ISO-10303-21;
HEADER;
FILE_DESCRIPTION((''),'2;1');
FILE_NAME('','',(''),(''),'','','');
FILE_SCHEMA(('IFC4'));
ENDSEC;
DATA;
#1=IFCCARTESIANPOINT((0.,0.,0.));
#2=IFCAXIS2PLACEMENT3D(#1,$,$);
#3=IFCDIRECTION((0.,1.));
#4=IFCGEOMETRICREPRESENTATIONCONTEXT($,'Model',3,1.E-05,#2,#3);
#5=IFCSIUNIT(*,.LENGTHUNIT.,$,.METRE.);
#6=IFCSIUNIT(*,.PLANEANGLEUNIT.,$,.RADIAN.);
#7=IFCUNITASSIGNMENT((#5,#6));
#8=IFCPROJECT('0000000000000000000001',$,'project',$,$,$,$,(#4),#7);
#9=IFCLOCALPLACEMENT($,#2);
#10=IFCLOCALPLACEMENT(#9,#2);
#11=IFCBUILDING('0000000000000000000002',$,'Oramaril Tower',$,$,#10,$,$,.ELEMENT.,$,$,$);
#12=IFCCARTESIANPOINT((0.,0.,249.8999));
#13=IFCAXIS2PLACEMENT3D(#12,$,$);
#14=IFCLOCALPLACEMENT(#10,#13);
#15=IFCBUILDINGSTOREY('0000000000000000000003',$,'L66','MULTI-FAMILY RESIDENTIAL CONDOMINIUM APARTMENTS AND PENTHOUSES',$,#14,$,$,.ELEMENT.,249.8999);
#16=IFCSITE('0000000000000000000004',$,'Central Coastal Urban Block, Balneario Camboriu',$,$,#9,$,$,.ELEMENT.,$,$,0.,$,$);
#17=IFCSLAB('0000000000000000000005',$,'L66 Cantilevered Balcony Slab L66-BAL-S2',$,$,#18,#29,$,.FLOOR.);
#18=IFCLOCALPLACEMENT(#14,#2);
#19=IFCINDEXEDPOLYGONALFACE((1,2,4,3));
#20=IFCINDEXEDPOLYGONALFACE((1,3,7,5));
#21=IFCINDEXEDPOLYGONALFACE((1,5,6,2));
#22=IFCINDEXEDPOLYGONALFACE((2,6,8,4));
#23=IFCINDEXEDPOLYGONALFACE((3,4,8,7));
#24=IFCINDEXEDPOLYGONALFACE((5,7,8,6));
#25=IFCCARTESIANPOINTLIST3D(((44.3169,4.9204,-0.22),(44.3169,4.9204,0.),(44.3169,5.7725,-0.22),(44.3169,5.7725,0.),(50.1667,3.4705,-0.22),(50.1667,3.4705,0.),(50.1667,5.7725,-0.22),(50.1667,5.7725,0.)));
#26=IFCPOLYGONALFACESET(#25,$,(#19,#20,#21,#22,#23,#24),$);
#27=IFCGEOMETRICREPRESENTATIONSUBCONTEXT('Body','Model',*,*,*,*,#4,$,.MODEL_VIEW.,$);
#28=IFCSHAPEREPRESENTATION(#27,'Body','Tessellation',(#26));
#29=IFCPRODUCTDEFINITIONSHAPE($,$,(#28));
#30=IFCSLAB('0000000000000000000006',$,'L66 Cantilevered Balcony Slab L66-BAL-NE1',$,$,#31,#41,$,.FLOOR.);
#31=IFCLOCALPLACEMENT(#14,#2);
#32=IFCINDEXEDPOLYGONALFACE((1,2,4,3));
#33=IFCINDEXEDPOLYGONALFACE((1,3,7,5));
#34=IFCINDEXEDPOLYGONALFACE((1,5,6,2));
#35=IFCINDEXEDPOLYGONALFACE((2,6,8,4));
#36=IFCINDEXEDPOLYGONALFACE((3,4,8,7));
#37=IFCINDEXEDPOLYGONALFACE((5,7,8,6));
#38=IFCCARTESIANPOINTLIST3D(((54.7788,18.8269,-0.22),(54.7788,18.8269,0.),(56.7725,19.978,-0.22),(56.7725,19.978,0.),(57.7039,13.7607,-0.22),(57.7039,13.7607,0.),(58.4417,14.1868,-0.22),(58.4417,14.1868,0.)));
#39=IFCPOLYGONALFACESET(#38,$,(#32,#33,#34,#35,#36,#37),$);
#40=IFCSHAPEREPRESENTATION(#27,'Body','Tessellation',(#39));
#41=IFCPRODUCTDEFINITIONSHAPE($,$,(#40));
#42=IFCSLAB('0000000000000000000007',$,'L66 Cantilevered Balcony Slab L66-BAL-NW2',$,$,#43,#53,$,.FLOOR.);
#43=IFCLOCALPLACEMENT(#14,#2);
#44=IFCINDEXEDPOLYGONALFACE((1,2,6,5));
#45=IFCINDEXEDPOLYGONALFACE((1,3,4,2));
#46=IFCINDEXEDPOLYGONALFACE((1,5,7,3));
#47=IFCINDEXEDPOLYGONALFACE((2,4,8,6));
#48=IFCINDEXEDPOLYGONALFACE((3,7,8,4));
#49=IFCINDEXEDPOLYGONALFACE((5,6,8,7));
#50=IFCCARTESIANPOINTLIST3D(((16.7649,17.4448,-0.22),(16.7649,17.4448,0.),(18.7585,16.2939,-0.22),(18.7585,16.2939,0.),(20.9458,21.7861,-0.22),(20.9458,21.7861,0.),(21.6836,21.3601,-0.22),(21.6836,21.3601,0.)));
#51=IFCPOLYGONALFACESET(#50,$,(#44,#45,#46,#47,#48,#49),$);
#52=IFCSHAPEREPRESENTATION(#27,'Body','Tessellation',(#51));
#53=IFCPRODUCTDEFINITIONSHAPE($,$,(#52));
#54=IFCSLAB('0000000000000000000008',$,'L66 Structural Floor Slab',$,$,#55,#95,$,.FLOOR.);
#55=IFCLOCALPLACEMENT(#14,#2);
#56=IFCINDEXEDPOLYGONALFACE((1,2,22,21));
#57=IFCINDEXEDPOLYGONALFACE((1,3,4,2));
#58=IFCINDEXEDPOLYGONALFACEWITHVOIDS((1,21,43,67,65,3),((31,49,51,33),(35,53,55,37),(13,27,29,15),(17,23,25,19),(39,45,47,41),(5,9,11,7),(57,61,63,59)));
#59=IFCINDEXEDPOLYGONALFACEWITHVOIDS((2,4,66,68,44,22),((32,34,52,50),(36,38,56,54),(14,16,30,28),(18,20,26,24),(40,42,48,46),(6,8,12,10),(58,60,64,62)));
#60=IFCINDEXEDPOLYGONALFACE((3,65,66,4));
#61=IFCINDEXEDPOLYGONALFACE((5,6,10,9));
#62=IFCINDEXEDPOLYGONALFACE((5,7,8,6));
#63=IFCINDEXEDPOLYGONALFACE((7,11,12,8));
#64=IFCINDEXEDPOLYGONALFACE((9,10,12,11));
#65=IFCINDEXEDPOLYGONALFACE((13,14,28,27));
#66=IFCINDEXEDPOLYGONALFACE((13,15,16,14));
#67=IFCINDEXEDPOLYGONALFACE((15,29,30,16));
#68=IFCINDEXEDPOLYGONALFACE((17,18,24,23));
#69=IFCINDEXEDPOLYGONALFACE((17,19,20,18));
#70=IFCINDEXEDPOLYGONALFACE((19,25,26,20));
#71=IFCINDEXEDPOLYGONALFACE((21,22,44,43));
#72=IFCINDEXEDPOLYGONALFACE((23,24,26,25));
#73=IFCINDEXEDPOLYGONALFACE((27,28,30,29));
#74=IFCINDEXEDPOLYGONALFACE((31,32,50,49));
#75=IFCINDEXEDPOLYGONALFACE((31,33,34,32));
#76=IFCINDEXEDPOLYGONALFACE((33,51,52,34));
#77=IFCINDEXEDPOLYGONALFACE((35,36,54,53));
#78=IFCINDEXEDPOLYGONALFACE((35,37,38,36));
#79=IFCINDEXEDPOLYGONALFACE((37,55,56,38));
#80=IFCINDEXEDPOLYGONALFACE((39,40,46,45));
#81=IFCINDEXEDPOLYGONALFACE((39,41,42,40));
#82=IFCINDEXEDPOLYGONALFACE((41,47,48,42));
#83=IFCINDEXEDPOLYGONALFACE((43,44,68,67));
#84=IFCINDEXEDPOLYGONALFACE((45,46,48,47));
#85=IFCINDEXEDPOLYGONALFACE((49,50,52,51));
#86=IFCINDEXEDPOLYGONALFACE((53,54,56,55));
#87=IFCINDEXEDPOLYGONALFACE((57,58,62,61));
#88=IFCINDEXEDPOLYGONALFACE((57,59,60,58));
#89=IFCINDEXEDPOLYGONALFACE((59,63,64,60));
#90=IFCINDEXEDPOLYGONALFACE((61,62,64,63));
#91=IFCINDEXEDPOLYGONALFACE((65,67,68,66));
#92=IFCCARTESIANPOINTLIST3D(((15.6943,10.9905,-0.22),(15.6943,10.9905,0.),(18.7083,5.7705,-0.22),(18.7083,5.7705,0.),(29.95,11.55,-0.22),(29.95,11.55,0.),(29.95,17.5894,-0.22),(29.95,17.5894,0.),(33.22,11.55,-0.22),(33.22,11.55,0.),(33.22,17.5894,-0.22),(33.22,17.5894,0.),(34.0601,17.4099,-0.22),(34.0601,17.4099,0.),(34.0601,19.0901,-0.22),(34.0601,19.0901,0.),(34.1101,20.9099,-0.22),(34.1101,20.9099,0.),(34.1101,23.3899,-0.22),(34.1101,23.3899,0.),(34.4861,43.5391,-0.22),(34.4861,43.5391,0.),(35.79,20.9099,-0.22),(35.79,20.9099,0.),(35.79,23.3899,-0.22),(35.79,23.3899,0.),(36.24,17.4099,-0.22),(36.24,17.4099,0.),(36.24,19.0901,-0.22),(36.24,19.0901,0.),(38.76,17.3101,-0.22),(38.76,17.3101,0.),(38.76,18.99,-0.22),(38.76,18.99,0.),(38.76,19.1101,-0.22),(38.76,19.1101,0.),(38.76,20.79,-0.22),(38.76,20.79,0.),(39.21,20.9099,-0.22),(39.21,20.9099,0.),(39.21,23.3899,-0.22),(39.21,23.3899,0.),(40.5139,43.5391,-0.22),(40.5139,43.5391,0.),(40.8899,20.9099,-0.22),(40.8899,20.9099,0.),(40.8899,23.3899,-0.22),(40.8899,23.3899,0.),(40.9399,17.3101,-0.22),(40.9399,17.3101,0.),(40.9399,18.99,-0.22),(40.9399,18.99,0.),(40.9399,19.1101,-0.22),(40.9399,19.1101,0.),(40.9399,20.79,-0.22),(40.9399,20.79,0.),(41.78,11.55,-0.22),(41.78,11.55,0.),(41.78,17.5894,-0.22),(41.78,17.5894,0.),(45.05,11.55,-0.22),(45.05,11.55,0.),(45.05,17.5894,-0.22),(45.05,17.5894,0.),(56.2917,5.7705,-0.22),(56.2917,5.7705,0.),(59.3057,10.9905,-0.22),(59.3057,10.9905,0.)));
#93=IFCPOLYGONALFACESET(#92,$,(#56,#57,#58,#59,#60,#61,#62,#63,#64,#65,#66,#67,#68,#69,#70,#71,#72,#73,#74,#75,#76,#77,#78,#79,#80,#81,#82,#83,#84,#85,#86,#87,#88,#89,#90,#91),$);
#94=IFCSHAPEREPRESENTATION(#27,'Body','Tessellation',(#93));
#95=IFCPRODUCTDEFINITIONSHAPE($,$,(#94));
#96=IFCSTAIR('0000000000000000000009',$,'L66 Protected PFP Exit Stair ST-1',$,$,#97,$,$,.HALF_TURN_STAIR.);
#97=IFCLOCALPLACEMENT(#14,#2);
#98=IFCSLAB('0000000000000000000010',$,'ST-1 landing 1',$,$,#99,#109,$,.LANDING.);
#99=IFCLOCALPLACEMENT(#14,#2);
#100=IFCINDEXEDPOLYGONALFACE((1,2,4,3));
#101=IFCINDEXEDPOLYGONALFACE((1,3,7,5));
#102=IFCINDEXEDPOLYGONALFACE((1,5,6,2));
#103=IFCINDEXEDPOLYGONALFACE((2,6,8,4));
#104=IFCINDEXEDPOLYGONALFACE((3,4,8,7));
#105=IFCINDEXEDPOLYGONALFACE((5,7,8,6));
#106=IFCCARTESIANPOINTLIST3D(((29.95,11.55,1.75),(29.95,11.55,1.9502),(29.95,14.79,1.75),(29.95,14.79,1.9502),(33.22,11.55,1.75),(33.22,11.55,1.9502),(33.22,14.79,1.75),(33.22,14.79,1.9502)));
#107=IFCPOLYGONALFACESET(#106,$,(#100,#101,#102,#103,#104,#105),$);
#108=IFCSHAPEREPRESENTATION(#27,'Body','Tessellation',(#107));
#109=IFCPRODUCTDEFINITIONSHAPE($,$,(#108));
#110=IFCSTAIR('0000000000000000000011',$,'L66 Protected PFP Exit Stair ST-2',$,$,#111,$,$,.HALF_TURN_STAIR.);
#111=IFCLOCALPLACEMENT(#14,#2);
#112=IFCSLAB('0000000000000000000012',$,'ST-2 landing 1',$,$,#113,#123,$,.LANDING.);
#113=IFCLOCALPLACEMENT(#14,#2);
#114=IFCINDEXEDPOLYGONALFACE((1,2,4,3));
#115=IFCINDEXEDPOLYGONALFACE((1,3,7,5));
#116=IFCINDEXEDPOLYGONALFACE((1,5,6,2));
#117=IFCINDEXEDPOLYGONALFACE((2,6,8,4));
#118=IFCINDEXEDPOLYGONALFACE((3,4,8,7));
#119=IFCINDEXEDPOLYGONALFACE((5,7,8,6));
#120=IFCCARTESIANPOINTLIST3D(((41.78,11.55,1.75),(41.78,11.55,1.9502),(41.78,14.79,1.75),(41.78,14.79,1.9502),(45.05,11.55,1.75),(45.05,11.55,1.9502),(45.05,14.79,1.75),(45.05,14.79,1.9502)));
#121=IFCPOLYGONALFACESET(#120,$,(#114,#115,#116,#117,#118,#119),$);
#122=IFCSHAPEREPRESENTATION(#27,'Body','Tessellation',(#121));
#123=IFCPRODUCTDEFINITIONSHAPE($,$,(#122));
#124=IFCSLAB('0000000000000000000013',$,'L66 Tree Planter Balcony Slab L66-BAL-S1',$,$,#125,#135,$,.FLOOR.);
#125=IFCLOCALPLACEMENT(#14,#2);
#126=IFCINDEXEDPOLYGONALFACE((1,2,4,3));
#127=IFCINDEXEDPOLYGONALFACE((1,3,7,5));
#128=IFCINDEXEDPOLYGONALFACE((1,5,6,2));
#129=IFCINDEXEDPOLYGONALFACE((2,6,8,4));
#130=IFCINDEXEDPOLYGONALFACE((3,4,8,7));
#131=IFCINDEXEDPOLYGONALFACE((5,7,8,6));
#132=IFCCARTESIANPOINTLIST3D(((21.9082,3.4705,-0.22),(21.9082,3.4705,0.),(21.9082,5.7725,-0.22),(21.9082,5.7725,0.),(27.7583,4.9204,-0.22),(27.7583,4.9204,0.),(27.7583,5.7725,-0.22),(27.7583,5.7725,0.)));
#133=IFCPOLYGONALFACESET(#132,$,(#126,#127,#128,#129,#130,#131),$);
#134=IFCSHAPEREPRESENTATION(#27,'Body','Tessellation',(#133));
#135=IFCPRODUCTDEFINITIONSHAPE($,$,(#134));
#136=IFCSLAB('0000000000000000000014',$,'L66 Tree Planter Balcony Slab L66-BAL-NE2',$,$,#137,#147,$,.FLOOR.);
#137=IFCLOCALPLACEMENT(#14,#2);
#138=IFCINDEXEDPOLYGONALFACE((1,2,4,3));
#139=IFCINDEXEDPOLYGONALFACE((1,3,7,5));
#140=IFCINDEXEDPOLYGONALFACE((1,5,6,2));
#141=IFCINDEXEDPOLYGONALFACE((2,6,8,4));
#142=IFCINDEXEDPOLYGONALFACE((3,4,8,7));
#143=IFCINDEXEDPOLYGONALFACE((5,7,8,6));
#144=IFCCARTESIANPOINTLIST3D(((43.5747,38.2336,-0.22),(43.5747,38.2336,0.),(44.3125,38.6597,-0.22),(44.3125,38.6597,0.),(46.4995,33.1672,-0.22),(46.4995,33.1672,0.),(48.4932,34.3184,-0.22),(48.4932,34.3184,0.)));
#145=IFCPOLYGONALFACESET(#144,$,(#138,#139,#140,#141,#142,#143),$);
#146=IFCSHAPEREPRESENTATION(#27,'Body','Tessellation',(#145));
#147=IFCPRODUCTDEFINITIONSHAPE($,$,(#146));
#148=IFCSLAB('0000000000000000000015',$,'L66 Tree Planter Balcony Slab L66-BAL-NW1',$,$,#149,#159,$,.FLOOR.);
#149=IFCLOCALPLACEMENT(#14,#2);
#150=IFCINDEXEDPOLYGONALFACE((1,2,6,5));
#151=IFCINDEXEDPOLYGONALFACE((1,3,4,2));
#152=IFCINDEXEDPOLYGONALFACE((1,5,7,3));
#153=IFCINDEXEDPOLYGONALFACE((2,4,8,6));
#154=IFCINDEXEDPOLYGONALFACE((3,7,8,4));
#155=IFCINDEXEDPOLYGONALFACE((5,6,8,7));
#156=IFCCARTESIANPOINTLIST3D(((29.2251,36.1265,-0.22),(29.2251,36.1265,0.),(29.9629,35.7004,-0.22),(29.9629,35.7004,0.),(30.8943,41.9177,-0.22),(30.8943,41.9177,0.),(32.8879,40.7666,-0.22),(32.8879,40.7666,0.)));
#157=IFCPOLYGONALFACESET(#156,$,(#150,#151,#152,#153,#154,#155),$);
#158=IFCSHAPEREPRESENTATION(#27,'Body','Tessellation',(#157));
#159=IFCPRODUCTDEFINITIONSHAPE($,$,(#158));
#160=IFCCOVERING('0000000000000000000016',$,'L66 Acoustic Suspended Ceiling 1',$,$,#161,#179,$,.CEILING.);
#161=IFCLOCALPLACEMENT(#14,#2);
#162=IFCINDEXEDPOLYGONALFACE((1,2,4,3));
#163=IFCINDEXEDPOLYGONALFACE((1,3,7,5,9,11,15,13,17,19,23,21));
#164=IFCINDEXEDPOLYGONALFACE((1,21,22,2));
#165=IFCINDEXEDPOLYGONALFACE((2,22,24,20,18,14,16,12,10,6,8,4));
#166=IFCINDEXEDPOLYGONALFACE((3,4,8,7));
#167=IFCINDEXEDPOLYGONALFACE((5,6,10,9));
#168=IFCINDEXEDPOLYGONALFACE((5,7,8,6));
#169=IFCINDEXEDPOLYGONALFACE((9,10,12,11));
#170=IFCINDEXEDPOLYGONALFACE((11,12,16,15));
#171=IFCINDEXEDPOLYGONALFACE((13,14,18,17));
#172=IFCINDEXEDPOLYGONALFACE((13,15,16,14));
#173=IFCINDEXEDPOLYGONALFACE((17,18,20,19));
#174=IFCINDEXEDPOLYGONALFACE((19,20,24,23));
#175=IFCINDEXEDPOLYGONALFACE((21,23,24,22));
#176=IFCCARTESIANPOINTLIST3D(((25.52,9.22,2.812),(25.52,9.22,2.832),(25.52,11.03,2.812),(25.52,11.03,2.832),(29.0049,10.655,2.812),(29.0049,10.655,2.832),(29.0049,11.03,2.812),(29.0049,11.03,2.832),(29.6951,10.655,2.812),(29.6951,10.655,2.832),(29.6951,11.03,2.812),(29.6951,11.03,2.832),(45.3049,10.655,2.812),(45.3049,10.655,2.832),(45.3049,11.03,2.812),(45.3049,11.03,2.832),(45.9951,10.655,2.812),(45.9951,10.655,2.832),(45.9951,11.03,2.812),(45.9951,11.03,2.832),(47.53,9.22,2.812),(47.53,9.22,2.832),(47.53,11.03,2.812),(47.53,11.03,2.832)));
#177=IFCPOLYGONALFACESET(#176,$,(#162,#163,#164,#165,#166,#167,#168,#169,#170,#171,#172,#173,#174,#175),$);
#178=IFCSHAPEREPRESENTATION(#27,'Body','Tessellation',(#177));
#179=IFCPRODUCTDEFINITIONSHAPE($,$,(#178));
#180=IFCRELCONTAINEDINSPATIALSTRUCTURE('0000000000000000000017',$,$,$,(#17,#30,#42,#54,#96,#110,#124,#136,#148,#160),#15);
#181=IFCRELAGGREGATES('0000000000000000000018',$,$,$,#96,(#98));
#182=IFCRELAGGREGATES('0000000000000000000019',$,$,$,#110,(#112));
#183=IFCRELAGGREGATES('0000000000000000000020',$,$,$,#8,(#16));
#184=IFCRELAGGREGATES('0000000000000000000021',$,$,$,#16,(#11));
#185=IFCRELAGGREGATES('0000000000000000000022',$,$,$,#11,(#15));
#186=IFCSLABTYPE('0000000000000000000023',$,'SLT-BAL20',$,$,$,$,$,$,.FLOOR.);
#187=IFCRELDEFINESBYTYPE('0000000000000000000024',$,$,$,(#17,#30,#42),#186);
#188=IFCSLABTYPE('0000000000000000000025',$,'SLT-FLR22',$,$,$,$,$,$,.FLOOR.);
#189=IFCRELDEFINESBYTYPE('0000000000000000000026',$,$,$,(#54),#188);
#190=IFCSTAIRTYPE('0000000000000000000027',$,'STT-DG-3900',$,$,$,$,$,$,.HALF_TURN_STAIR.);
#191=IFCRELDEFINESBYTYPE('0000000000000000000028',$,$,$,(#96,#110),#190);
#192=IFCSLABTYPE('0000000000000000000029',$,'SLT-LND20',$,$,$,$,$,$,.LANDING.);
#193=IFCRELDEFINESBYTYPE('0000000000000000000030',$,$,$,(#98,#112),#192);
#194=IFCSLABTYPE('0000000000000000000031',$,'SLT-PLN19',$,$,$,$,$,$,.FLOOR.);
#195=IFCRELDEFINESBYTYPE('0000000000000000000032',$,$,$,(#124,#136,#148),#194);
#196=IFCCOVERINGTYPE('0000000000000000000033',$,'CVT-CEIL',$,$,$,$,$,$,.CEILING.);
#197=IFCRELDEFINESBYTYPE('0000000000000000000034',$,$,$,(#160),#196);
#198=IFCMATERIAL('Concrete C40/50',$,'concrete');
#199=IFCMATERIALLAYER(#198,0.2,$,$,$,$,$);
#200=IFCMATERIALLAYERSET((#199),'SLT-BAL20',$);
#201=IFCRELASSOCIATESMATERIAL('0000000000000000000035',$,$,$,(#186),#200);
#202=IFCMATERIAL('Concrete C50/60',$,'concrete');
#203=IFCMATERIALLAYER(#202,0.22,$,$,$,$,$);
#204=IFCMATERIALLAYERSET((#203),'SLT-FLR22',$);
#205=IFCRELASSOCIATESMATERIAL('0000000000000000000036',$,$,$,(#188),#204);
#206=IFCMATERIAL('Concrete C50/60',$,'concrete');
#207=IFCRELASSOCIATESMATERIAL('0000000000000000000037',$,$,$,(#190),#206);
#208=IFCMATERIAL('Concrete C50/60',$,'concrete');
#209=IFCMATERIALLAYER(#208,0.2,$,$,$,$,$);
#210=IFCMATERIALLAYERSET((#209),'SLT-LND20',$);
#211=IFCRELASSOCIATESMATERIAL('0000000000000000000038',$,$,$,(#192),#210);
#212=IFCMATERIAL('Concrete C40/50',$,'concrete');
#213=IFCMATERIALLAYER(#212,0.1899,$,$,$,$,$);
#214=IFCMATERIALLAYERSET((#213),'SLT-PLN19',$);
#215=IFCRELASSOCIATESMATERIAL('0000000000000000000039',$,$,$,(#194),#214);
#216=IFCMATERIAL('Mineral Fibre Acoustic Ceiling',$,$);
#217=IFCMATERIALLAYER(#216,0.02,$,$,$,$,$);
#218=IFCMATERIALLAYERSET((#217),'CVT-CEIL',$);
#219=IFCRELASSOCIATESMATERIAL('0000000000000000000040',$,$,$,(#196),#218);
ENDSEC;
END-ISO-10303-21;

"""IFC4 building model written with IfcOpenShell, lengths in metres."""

from ifc_helpers import new_model, si_unit, direction, frame, origin, place, context, subcontext, project, spatial, polyline, outline, extrude, material, layer, layer_set, type_object, element, aggregate, save


model = new_model("IFC4")

# Units and contexts
model_context = context("Model", 3, precision=1e-05, world=origin(), true_north=direction((0.0, 1.0)))
body_context = subcontext(model_context, "Body", "Model", "MODEL_VIEW")
ifc_project = project(units=[si_unit("LENGTHUNIT", "METRE"), si_unit("PLANEANGLEUNIT", "RADIAN")], contexts=[model_context])

# Site, building, storey
site_placement = place(None, origin())
site = spatial("IfcSite", under=ifc_project, at=site_placement, Name="Central Coastal Urban Block, Balneario Camboriu", CompositionType="ELEMENT", RefElevation=0.0)
building_placement = place(site_placement, origin())
building = spatial("IfcBuilding", under=site, at=building_placement, Name="Oramaril Tower", CompositionType="ELEMENT")
storey_placement = place(building_placement, frame((0.0, 0.0, 249.8999)))
storey = spatial("IfcBuildingStorey", under=building, at=storey_placement, Name="L66", Description="MULTI-FAMILY RESIDENTIAL CONDOMINIUM APARTMENTS AND PENTHOUSES", CompositionType="ELEMENT", Elevation=249.8999)

# Slabs
ifc_material_1 = material(Name="Concrete C40/50", Category="concrete")
ifc_layer_1 = layer(ifc_material_1, 0.2)
ifc_layer_set_1 = layer_set([ifc_layer_1], Name="SLT-BAL20")
slab_type_1 = type_object("IfcSlabType", Name="SLT-BAL20", PredefinedType="FLOOR", material=ifc_layer_set_1)
slab_1_placement = place(storey_placement, frame((0.0, 0.0, -0.22)))
element("IfcSlab", 1, at=slab_1_placement, inside=storey, type_object=slab_type_1, Name="L66 Cantilevered Balcony Slab L66-BAL-S2", PredefinedType="FLOOR", context=body_context, shape_type="SweptSolid", body=[
    extrude(outline(polyline([(44.3169, 5.7725), (50.1667, 5.7725), (50.1667, 3.4705), (44.3169, 4.9204), (44.3169, 5.7725)])), origin(), (0.0, 0.0, 1.0), 0.22),
])
slab_2_placement = place(storey_placement, frame((0.0, 0.0, -0.22)))
element("IfcSlab", 2, at=slab_2_placement, inside=storey, type_object=slab_type_1, Name="L66 Cantilevered Balcony Slab L66-BAL-NE1", PredefinedType="FLOOR", context=body_context, shape_type="SweptSolid", body=[
    extrude(outline(polyline([(57.7039, 13.7607), (54.7788, 18.8269), (56.7725, 19.978), (58.4417, 14.1868), (57.7039, 13.7607)])), origin(), (0.0, 0.0, 1.0), 0.22),
])
slab_3_placement = place(storey_placement, frame((0.0, 0.0, -0.22)))
element("IfcSlab", 3, at=slab_3_placement, inside=storey, type_object=slab_type_1, Name="L66 Cantilevered Balcony Slab L66-BAL-NW2", PredefinedType="FLOOR", context=body_context, shape_type="SweptSolid", body=[
    extrude(outline(polyline([(21.6836, 21.3601), (18.7585, 16.2939), (16.7649, 17.4448), (20.9458, 21.7861), (21.6836, 21.3601)])), origin(), (0.0, 0.0, 1.0), 0.22),
])
ifc_material_2 = material(Name="Concrete C50/60", Category="concrete")
ifc_layer_2 = layer(ifc_material_2, 0.22)
ifc_layer_set_2 = layer_set([ifc_layer_2], Name="SLT-FLR22")
slab_type_2 = type_object("IfcSlabType", Name="SLT-FLR22", PredefinedType="FLOOR", material=ifc_layer_set_2)
slab_4_placement = place(storey_placement, frame((0.0, 0.0, -0.22)))
element("IfcSlab", 4, at=slab_4_placement, inside=storey, type_object=slab_type_2, Name="L66 Structural Floor Slab", PredefinedType="FLOOR", context=body_context, shape_type="SweptSolid", body=[
    extrude(outline(polyline([(15.6943, 10.9905), (18.7083, 5.7705), (56.2917, 5.7705), (59.3057, 10.9905), (40.5139, 43.5391), (34.4861, 43.5391), (15.6943, 10.9905)]), holes=[polyline([(29.95, 17.5894), (29.95, 11.55), (33.22, 11.55), (33.22, 17.5894), (29.95, 17.5894)]), polyline([(41.78, 17.5894), (41.78, 11.55), (45.05, 11.55), (45.05, 17.5894), (41.78, 17.5894)]), polyline([(34.1101, 20.9099), (35.79, 20.9099), (35.79, 23.3899), (34.1101, 23.3899), (34.1101, 20.9099)]), polyline([(39.21, 20.9099), (40.8899, 20.9099), (40.8899, 23.3899), (39.21, 23.3899), (39.21, 20.9099)]), polyline([(34.0601, 17.4099), (36.24, 17.4099), (36.24, 19.0901), (34.0601, 19.0901), (34.0601, 17.4099)]), polyline([(38.76, 17.3101), (40.9399, 17.3101), (40.9399, 18.99), (38.76, 18.99), (38.76, 17.3101)]), polyline([(38.76, 19.1101), (40.9399, 19.1101), (40.9399, 20.79), (38.76, 20.79), (38.76, 19.1101)])]), origin(), (0.0, 0.0, 1.0), 0.22),
])

# Stairs, slabs
ifc_material_3 = material(Name="Concrete C50/60", Category="concrete")
stair_type = type_object("IfcStairType", Name="STT-DG-3900", PredefinedType="HALF_TURN_STAIR", material=ifc_material_3)
stair_1_placement = place(storey_placement, origin())
stair_1 = element("IfcStair", 5, at=stair_1_placement, inside=storey, type_object=stair_type, Name="L66 Protected PFP Exit Stair ST-1", PredefinedType="HALF_TURN_STAIR")
ifc_material_4 = material(Name="Concrete C50/60", Category="concrete")
ifc_layer_3 = layer(ifc_material_4, 0.2)
ifc_layer_set_3 = layer_set([ifc_layer_3], Name="SLT-LND20")
slab_type_3 = type_object("IfcSlabType", Name="SLT-LND20", PredefinedType="LANDING", material=ifc_layer_set_3)
slab_5_placement = place(storey_placement, frame((0.0, 0.0, 1.75)))
slab_5 = element("IfcSlab", 6, at=slab_5_placement, type_object=slab_type_3, Name="ST-1 landing 1", PredefinedType="LANDING", context=body_context, shape_type="SweptSolid", body=[
    extrude(outline(polyline([(29.95, 14.79), (29.95, 11.55), (33.22, 11.55), (33.22, 14.79), (29.95, 14.79)])), origin(), (0.0, 0.0, 1.0), 0.2002),
])
aggregate(stair_1, [slab_5])
stair_2_placement = place(storey_placement, origin())
stair_2 = element("IfcStair", 7, at=stair_2_placement, inside=storey, type_object=stair_type, Name="L66 Protected PFP Exit Stair ST-2", PredefinedType="HALF_TURN_STAIR")
slab_6_placement = place(storey_placement, frame((0.0, 0.0, 1.75)))
slab_6 = element("IfcSlab", 8, at=slab_6_placement, type_object=slab_type_3, Name="ST-2 landing 1", PredefinedType="LANDING", context=body_context, shape_type="SweptSolid", body=[
    extrude(outline(polyline([(41.78, 14.79), (41.78, 11.55), (45.05, 11.55), (45.05, 14.79), (41.78, 14.79)])), origin(), (0.0, 0.0, 1.0), 0.2002),
])
aggregate(stair_2, [slab_6])

# Slabs
ifc_material_5 = material(Name="Concrete C40/50", Category="concrete")
ifc_layer_4 = layer(ifc_material_5, 0.1899)
ifc_layer_set_4 = layer_set([ifc_layer_4], Name="SLT-PLN19")
slab_type_4 = type_object("IfcSlabType", Name="SLT-PLN19", PredefinedType="FLOOR", material=ifc_layer_set_4)
slab_7_placement = place(storey_placement, frame((0.0, 0.0, -0.22)))
element("IfcSlab", 9, at=slab_7_placement, inside=storey, type_object=slab_type_4, Name="L66 Tree Planter Balcony Slab L66-BAL-S1", PredefinedType="FLOOR", context=body_context, shape_type="SweptSolid", body=[
    extrude(outline(polyline([(21.9082, 5.7725), (27.7583, 5.7725), (27.7583, 4.9204), (21.9082, 3.4705), (21.9082, 5.7725)])), origin(), (0.0, 0.0, 1.0), 0.22),
])
slab_8_placement = place(storey_placement, frame((0.0, 0.0, -0.22)))
element("IfcSlab", 10, at=slab_8_placement, inside=storey, type_object=slab_type_4, Name="L66 Tree Planter Balcony Slab L66-BAL-NE2", PredefinedType="FLOOR", context=body_context, shape_type="SweptSolid", body=[
    extrude(outline(polyline([(46.4995, 33.1672), (43.5747, 38.2336), (44.3125, 38.6597), (48.4932, 34.3184), (46.4995, 33.1672)])), origin(), (0.0, 0.0, 1.0), 0.22),
])
slab_9_placement = place(storey_placement, frame((0.0, 0.0, -0.22)))
element("IfcSlab", 11, at=slab_9_placement, inside=storey, type_object=slab_type_4, Name="L66 Tree Planter Balcony Slab L66-BAL-NW1", PredefinedType="FLOOR", context=body_context, shape_type="SweptSolid", body=[
    extrude(outline(polyline([(32.8879, 40.7666), (29.9629, 35.7004), (29.2251, 36.1265), (30.8943, 41.9177), (32.8879, 40.7666)])), origin(), (0.0, 0.0, 1.0), 0.22),
])

# Covering
ifc_material_6 = material(Name="Mineral Fibre Acoustic Ceiling")
ifc_layer_5 = layer(ifc_material_6, 0.02)
ifc_layer_set_5 = layer_set([ifc_layer_5], Name="CVT-CEIL")
covering_type_1 = type_object("IfcCoveringType", Name="CVT-CEIL", PredefinedType="CEILING", material=ifc_layer_set_5)
covering_1_placement = place(storey_placement, frame((0.0, 0.0, 2.812)))
element("IfcCovering", 12, at=covering_1_placement, inside=storey, type_object=covering_type_1, Name="L66 Acoustic Suspended Ceiling 1", PredefinedType="CEILING", context=body_context, shape_type="SweptSolid", body=[
    extrude(outline(polyline([(29.0049, 10.655), (29.6951, 10.655), (29.6951, 11.03), (45.3049, 11.03), (45.3049, 10.655), (45.9951, 10.655), (45.9951, 11.03), (47.53, 11.03), (47.53, 9.22), (25.52, 9.22), (25.52, 11.03), (29.0049, 11.03), (29.0049, 10.655)])), origin(), (0.0, 0.0, 1.0), 0.02),
])

save(model, "model.ifc")
